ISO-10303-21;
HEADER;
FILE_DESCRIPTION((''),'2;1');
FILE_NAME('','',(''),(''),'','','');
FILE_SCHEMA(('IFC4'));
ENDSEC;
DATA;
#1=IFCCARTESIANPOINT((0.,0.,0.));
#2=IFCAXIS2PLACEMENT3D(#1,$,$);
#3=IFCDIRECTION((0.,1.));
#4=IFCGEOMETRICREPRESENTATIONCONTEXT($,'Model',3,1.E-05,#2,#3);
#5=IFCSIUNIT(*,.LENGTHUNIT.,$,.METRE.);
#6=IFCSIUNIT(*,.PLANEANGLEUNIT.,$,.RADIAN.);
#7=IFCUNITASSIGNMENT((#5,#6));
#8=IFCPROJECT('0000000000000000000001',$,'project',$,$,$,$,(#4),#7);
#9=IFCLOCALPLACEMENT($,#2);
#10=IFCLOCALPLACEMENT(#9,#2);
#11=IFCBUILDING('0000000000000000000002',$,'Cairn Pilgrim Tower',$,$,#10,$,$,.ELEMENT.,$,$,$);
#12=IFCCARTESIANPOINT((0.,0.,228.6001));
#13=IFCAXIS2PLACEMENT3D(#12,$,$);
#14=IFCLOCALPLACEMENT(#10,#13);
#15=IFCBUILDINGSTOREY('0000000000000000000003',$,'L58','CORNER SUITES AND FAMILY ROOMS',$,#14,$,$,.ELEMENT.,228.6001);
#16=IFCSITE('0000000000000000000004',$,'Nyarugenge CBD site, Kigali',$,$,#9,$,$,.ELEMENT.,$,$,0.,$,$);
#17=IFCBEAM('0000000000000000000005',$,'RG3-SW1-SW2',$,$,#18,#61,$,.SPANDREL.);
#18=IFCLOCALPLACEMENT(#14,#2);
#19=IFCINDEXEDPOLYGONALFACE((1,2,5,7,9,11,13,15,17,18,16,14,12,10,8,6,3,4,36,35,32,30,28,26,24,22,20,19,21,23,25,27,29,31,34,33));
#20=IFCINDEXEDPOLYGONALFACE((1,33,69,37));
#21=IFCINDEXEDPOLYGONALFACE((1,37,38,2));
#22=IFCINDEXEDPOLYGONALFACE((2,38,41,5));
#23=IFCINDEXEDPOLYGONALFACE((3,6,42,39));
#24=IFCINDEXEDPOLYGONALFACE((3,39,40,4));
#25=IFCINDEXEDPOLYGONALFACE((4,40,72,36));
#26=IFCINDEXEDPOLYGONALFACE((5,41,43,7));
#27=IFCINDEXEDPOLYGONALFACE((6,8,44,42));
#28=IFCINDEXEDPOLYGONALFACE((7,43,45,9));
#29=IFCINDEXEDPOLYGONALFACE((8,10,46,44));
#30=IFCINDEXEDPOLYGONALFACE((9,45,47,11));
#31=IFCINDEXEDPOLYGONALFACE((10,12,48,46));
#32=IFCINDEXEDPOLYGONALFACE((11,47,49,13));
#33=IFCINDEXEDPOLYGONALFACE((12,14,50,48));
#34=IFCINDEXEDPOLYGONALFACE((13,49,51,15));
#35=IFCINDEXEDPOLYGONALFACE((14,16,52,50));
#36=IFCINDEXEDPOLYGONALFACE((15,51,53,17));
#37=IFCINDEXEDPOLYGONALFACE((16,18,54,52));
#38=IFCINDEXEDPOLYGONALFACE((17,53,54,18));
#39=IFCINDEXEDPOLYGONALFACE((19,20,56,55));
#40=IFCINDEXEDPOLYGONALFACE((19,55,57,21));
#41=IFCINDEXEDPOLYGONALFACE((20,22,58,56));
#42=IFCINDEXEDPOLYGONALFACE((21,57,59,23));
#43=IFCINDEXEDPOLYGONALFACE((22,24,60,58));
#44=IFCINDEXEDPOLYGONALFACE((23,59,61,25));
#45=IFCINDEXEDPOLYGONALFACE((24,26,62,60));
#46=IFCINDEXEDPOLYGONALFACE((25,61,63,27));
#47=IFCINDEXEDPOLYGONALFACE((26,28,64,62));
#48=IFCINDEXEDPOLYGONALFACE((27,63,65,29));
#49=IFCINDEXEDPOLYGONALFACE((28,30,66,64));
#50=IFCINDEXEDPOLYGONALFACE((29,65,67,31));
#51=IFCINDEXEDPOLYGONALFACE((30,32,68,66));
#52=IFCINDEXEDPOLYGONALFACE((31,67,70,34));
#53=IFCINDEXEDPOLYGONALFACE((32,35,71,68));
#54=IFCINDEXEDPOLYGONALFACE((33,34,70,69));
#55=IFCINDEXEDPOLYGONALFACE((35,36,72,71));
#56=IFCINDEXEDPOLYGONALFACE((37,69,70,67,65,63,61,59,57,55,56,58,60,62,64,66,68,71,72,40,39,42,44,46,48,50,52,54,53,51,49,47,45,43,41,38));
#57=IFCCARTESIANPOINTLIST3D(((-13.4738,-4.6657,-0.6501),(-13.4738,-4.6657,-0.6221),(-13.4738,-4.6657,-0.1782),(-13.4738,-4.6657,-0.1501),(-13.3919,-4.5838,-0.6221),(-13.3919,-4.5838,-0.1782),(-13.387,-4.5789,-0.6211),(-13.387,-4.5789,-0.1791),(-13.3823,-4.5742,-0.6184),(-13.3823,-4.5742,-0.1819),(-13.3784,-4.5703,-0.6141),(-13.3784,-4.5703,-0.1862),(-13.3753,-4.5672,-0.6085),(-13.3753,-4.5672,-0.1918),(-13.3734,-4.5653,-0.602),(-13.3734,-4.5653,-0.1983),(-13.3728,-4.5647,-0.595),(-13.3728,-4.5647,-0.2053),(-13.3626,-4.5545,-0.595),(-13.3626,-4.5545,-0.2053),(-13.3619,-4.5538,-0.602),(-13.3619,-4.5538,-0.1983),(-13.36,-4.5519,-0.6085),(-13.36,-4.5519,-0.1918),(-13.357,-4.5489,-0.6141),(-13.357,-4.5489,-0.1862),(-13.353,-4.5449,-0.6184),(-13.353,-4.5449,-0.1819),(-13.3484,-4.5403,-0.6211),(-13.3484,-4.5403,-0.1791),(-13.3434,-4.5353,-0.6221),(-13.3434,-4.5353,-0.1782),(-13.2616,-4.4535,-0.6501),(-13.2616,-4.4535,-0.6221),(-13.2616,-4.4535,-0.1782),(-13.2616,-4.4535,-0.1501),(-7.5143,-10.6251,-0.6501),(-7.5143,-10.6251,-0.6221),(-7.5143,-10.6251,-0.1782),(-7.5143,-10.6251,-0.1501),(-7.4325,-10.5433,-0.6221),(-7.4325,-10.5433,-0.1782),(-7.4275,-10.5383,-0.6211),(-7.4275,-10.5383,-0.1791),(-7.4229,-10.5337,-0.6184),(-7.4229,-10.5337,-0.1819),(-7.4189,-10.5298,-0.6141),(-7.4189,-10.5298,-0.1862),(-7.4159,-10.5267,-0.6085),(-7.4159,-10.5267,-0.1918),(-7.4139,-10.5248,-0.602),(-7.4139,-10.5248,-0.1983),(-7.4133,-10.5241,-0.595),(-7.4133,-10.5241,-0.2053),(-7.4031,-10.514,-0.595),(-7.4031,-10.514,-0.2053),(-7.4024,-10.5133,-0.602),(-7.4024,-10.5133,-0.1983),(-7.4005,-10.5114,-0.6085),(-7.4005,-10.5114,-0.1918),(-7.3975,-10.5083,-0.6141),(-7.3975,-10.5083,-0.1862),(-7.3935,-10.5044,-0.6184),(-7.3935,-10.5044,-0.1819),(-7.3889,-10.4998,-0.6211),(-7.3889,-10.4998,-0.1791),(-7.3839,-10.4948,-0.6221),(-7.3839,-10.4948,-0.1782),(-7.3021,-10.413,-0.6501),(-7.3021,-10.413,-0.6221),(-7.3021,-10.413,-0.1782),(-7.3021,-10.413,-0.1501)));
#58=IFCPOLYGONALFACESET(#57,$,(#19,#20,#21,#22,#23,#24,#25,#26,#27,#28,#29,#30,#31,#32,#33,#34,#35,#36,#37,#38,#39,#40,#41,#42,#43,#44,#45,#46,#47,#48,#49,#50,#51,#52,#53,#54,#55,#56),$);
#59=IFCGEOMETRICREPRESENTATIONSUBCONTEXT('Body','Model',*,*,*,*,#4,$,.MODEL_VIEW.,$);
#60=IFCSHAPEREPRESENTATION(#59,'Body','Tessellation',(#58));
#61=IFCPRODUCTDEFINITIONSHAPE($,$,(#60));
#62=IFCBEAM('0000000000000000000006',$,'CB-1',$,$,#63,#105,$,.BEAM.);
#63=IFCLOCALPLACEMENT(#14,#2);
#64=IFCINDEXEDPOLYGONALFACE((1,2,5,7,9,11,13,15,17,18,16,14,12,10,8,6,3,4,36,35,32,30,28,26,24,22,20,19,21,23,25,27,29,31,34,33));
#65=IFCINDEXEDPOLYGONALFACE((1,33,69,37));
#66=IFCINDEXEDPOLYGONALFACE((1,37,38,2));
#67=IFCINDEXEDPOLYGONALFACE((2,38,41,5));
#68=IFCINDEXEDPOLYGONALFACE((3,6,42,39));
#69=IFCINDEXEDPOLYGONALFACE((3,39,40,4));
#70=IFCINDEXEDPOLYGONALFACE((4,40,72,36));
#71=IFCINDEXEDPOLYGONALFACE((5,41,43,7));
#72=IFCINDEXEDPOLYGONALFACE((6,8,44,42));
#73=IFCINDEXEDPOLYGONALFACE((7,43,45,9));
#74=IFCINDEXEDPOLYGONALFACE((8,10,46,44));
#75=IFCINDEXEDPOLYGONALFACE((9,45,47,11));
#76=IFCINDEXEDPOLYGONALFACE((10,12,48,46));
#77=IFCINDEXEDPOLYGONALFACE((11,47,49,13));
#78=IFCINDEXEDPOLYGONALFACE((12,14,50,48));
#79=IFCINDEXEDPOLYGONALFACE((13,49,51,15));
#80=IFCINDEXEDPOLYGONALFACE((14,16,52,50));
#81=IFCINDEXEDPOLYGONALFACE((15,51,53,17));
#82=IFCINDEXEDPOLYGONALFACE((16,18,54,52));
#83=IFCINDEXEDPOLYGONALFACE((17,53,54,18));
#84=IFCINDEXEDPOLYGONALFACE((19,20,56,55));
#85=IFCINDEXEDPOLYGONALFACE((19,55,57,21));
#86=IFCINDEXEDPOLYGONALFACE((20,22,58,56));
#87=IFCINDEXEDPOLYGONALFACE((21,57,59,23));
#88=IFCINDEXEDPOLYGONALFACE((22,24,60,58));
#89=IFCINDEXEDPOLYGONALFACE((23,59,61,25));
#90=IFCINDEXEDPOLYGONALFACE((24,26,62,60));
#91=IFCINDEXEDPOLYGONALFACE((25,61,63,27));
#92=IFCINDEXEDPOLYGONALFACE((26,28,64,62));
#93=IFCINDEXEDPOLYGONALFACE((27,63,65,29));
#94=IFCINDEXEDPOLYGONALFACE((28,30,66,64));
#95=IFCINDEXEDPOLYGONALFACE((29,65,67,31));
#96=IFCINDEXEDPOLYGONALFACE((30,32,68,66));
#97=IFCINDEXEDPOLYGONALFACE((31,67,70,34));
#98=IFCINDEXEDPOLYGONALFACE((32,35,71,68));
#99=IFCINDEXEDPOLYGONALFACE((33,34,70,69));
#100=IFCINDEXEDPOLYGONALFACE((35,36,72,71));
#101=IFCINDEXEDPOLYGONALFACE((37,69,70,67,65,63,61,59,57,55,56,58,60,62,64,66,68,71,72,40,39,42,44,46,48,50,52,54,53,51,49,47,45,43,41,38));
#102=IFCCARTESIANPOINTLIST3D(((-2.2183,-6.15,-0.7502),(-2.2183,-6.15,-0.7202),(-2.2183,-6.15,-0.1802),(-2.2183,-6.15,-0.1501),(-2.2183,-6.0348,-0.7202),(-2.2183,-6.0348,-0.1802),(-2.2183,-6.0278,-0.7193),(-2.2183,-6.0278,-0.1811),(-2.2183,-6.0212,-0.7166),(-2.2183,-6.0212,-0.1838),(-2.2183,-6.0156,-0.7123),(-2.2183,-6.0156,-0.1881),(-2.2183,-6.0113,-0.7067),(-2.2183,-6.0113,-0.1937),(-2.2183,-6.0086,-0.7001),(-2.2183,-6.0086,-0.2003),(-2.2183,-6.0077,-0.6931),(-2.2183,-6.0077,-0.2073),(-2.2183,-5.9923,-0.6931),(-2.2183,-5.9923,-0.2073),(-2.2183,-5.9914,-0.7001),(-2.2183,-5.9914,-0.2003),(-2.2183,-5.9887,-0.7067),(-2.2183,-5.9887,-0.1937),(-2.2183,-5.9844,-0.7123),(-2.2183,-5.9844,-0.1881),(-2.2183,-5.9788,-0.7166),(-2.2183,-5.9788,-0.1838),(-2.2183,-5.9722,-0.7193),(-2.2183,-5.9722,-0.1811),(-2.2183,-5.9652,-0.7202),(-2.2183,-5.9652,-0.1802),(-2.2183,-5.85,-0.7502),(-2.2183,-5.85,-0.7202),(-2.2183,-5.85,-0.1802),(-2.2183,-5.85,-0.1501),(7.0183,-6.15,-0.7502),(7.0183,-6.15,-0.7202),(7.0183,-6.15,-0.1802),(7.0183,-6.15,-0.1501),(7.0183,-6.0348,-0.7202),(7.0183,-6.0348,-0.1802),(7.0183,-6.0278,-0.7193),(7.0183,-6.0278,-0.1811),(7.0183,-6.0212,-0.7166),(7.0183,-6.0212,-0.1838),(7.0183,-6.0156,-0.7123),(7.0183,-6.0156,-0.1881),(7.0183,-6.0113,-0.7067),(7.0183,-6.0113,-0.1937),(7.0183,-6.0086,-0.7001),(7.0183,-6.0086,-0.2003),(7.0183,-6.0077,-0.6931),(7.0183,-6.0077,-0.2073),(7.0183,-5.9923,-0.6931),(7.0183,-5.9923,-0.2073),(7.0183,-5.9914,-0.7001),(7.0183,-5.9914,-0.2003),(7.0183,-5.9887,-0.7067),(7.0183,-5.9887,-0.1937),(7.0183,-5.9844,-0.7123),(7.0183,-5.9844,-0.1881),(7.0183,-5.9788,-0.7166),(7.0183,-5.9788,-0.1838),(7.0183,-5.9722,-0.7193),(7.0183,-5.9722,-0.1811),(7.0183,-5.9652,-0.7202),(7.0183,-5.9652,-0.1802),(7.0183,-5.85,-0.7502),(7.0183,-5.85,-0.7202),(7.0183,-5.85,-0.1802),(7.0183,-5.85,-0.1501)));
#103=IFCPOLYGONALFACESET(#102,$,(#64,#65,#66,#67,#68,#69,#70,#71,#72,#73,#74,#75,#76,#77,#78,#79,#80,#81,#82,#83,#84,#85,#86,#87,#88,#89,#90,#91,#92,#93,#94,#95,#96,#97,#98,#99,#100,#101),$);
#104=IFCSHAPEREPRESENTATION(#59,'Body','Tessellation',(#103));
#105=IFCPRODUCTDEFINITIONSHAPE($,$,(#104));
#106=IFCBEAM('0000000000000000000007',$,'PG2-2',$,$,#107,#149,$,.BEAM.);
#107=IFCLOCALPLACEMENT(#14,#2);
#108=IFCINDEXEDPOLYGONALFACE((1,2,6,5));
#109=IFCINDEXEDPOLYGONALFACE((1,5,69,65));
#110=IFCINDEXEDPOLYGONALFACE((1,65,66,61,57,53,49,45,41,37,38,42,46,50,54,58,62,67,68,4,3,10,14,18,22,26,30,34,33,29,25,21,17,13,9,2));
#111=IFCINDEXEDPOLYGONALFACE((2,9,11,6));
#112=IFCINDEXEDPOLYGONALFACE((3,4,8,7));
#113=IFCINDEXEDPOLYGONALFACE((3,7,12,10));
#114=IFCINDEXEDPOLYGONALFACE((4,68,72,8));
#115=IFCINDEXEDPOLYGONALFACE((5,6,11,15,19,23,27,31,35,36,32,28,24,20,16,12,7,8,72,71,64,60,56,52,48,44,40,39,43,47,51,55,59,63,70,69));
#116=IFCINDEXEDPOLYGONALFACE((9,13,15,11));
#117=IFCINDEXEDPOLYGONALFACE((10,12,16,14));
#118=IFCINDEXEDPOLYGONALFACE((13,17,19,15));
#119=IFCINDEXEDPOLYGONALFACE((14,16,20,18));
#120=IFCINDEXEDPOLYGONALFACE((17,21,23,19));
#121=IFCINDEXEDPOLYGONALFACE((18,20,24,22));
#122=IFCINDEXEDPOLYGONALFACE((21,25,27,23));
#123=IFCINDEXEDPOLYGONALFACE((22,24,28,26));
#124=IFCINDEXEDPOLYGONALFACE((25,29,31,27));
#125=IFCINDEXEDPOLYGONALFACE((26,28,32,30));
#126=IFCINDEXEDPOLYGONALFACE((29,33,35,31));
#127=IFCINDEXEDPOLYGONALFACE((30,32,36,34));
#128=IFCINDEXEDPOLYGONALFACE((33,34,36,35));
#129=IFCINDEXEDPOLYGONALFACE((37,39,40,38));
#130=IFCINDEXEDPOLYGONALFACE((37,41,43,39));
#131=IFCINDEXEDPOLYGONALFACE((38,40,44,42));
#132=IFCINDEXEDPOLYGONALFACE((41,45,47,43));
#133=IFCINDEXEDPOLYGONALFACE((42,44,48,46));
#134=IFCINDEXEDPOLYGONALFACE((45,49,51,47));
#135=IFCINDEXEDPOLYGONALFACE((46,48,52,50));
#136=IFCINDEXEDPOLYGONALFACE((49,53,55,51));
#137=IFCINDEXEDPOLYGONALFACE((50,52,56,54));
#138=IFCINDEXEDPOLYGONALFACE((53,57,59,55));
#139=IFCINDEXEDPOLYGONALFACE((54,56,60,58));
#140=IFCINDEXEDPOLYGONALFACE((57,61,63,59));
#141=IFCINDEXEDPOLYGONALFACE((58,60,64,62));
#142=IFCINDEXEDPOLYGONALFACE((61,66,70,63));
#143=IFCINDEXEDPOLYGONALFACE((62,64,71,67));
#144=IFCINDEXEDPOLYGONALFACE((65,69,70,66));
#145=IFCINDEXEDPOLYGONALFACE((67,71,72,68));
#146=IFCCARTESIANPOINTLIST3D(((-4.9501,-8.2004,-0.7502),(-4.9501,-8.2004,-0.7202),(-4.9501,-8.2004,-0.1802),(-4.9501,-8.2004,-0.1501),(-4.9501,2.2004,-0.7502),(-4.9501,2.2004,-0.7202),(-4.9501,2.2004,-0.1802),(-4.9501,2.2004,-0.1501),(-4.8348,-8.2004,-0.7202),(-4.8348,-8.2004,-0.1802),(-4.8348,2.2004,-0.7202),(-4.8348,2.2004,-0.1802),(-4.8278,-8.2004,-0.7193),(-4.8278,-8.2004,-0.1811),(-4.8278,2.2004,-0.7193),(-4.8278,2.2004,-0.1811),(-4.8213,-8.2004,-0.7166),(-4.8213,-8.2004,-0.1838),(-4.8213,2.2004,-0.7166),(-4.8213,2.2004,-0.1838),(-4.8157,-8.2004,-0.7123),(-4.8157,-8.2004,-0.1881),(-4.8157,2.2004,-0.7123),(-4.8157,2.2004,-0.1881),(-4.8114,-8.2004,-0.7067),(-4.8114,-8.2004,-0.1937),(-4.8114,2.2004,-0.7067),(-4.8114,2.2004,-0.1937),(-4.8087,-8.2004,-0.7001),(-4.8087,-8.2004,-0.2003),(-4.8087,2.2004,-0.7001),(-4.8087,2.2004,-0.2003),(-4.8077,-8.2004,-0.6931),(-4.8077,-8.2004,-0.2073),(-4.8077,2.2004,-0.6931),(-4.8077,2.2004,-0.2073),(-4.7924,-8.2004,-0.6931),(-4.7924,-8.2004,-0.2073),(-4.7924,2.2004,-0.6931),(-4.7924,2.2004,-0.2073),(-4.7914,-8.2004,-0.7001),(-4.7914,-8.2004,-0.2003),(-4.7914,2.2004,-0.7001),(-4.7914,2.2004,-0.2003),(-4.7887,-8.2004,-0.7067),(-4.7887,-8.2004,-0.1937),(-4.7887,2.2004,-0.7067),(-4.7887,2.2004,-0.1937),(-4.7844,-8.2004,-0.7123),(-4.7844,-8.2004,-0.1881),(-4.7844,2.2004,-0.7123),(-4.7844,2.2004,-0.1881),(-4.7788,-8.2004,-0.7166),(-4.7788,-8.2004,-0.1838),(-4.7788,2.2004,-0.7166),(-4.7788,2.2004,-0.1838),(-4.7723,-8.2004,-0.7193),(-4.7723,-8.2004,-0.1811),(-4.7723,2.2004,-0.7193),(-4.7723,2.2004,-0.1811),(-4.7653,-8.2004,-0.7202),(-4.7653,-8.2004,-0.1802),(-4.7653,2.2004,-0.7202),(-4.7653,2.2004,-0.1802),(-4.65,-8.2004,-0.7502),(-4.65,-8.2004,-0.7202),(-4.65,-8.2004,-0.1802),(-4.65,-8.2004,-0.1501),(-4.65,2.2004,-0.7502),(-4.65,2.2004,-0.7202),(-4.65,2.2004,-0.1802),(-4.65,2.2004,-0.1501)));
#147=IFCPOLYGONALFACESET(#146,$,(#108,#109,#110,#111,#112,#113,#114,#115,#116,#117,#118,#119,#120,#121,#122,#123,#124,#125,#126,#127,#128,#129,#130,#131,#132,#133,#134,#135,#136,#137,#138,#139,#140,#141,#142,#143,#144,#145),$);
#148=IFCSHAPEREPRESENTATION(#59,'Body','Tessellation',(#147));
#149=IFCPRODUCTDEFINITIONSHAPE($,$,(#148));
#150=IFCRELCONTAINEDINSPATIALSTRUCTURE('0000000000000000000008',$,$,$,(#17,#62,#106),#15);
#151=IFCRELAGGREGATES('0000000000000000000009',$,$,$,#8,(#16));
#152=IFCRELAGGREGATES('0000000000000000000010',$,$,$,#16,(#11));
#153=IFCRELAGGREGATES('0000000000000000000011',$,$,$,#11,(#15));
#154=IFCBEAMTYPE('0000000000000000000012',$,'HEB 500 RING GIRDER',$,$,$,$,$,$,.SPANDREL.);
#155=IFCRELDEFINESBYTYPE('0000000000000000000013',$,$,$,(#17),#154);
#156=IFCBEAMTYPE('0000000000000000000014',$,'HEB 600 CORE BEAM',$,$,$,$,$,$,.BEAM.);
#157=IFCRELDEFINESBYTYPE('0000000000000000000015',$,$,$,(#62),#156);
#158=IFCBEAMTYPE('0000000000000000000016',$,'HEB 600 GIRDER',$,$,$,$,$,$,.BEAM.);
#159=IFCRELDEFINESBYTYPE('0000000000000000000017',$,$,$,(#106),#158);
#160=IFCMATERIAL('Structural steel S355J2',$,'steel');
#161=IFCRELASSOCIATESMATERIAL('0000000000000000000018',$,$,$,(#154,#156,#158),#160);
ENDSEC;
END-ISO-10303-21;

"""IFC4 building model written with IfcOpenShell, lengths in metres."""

from ifc_helpers import new_model, si_unit, direction, frame, origin, origin_2d, place, context, subcontext, project, spatial, i_section, extrude, material, material_profile, profile_set, type_object, element, save


model = new_model("IFC4")

# Units and contexts
model_context = context("Model", 3, precision=1e-05, world=origin(), true_north=direction((0.0, 1.0)))
body_context = subcontext(model_context, "Body", "Model", "MODEL_VIEW")
ifc_project = project(units=[si_unit("LENGTHUNIT", "METRE"), si_unit("PLANEANGLEUNIT", "RADIAN")], contexts=[model_context])

# Site, building, storey
site_placement = place(None, origin())
site = spatial("IfcSite", under=ifc_project, at=site_placement, Name="Nyarugenge CBD site, Kigali", CompositionType="ELEMENT", RefElevation=0.0)
building_placement = place(site_placement, origin())
building = spatial("IfcBuilding", under=site, at=building_placement, Name="Cairn Pilgrim Tower", CompositionType="ELEMENT")
storey_placement = place(building_placement, frame((0.0, 0.0, 228.6001)))
storey = spatial("IfcBuildingStorey", under=building, at=storey_placement, Name="L58", Description="CORNER SUITES AND FAMILY ROOMS", CompositionType="ELEMENT", Elevation=228.6001)

# Shared definitions
ifc_material_1 = material(Name="Structural steel S355J2", Category="steel")

# Beams
ifc_material_profile_1 = material_profile(ifc_material_1, i_section(OverallWidth=0.3, OverallDepth=0.5, WebThickness=0.0144, FlangeThickness=0.0281, FilletRadius=0.0271, at=origin_2d()), Name="HEB 500")
ifc_profile_set_1 = profile_set([ifc_material_profile_1], Name="Structural steel S355J2")
beam_type_1 = type_object("IfcBeamType", Name="HEB 500 RING GIRDER", PredefinedType="SPANDREL", material=ifc_profile_set_1)
beam_1_placement = place(storey_placement, frame((-13.3677, -4.5596, -0.4001), z_axis=(0.707107, -0.707107, 0.0), x_axis=(0.707107, 0.707107, 0.0)))
element("IfcBeam", 1, at=beam_1_placement, inside=storey, type_object=beam_type_1, Name="RG3-SW1-SW2", PredefinedType="SPANDREL", context=body_context, shape_type="SweptSolid", body=[
    extrude(i_section(OverallWidth=0.3, OverallDepth=0.5, WebThickness=0.0144, FlangeThickness=0.0281, FilletRadius=0.0271, at=origin_2d()), origin(), (0.0, 0.0, 1.0), 8.428),
])
ifc_material_profile_2 = material_profile(ifc_material_1, i_section(OverallWidth=0.3, OverallDepth=0.6001, WebThickness=0.0154, FlangeThickness=0.03, FilletRadius=0.0271, at=origin_2d()), Name="HEB 600")
ifc_profile_set_2 = profile_set([ifc_material_profile_2], Name="Structural steel S355J2")
beam_type_2 = type_object("IfcBeamType", Name="HEB 600 CORE BEAM", PredefinedType="BEAM", material=ifc_profile_set_2)
beam_2_placement = place(storey_placement, frame((-2.2183, -6.0, -0.4502), z_axis=(1.0, 0.0, 0.0), x_axis=(0.0, 1.0, 0.0)))
element("IfcBeam", 2, at=beam_2_placement, inside=storey, type_object=beam_type_2, Name="CB-1", PredefinedType="BEAM", context=body_context, shape_type="SweptSolid", body=[
    extrude(i_section(OverallWidth=0.3, OverallDepth=0.6001, WebThickness=0.0154, FlangeThickness=0.03, FilletRadius=0.0271, at=origin_2d()), origin(), (0.0, 0.0, 1.0), 9.2366),
])
ifc_material_profile_3 = material_profile(ifc_material_1, i_section(OverallWidth=0.3, OverallDepth=0.6001, WebThickness=0.0154, FlangeThickness=0.03, FilletRadius=0.0271, at=origin_2d()), Name="HEB 600")
ifc_profile_set_3 = profile_set([ifc_material_profile_3], Name="Structural steel S355J2")
beam_type_3 = type_object("IfcBeamType", Name="HEB 600 GIRDER", PredefinedType="BEAM", material=ifc_profile_set_3)
beam_3_placement = place(storey_placement, frame((-4.8, -8.2004, -0.4502), z_axis=(0.0, 1.0, 0.0), x_axis=(-1.0, 0.0, 0.0)))
element("IfcBeam", 3, at=beam_3_placement, inside=storey, type_object=beam_type_3, Name="PG2-2", PredefinedType="BEAM", context=body_context, shape_type="SweptSolid", body=[
    extrude(i_section(OverallWidth=0.3, OverallDepth=0.6001, WebThickness=0.0154, FlangeThickness=0.03, FilletRadius=0.0271, at=origin_2d()), origin(), (0.0, 0.0, 1.0), 10.4009),
])

save(model, "model.ifc")
